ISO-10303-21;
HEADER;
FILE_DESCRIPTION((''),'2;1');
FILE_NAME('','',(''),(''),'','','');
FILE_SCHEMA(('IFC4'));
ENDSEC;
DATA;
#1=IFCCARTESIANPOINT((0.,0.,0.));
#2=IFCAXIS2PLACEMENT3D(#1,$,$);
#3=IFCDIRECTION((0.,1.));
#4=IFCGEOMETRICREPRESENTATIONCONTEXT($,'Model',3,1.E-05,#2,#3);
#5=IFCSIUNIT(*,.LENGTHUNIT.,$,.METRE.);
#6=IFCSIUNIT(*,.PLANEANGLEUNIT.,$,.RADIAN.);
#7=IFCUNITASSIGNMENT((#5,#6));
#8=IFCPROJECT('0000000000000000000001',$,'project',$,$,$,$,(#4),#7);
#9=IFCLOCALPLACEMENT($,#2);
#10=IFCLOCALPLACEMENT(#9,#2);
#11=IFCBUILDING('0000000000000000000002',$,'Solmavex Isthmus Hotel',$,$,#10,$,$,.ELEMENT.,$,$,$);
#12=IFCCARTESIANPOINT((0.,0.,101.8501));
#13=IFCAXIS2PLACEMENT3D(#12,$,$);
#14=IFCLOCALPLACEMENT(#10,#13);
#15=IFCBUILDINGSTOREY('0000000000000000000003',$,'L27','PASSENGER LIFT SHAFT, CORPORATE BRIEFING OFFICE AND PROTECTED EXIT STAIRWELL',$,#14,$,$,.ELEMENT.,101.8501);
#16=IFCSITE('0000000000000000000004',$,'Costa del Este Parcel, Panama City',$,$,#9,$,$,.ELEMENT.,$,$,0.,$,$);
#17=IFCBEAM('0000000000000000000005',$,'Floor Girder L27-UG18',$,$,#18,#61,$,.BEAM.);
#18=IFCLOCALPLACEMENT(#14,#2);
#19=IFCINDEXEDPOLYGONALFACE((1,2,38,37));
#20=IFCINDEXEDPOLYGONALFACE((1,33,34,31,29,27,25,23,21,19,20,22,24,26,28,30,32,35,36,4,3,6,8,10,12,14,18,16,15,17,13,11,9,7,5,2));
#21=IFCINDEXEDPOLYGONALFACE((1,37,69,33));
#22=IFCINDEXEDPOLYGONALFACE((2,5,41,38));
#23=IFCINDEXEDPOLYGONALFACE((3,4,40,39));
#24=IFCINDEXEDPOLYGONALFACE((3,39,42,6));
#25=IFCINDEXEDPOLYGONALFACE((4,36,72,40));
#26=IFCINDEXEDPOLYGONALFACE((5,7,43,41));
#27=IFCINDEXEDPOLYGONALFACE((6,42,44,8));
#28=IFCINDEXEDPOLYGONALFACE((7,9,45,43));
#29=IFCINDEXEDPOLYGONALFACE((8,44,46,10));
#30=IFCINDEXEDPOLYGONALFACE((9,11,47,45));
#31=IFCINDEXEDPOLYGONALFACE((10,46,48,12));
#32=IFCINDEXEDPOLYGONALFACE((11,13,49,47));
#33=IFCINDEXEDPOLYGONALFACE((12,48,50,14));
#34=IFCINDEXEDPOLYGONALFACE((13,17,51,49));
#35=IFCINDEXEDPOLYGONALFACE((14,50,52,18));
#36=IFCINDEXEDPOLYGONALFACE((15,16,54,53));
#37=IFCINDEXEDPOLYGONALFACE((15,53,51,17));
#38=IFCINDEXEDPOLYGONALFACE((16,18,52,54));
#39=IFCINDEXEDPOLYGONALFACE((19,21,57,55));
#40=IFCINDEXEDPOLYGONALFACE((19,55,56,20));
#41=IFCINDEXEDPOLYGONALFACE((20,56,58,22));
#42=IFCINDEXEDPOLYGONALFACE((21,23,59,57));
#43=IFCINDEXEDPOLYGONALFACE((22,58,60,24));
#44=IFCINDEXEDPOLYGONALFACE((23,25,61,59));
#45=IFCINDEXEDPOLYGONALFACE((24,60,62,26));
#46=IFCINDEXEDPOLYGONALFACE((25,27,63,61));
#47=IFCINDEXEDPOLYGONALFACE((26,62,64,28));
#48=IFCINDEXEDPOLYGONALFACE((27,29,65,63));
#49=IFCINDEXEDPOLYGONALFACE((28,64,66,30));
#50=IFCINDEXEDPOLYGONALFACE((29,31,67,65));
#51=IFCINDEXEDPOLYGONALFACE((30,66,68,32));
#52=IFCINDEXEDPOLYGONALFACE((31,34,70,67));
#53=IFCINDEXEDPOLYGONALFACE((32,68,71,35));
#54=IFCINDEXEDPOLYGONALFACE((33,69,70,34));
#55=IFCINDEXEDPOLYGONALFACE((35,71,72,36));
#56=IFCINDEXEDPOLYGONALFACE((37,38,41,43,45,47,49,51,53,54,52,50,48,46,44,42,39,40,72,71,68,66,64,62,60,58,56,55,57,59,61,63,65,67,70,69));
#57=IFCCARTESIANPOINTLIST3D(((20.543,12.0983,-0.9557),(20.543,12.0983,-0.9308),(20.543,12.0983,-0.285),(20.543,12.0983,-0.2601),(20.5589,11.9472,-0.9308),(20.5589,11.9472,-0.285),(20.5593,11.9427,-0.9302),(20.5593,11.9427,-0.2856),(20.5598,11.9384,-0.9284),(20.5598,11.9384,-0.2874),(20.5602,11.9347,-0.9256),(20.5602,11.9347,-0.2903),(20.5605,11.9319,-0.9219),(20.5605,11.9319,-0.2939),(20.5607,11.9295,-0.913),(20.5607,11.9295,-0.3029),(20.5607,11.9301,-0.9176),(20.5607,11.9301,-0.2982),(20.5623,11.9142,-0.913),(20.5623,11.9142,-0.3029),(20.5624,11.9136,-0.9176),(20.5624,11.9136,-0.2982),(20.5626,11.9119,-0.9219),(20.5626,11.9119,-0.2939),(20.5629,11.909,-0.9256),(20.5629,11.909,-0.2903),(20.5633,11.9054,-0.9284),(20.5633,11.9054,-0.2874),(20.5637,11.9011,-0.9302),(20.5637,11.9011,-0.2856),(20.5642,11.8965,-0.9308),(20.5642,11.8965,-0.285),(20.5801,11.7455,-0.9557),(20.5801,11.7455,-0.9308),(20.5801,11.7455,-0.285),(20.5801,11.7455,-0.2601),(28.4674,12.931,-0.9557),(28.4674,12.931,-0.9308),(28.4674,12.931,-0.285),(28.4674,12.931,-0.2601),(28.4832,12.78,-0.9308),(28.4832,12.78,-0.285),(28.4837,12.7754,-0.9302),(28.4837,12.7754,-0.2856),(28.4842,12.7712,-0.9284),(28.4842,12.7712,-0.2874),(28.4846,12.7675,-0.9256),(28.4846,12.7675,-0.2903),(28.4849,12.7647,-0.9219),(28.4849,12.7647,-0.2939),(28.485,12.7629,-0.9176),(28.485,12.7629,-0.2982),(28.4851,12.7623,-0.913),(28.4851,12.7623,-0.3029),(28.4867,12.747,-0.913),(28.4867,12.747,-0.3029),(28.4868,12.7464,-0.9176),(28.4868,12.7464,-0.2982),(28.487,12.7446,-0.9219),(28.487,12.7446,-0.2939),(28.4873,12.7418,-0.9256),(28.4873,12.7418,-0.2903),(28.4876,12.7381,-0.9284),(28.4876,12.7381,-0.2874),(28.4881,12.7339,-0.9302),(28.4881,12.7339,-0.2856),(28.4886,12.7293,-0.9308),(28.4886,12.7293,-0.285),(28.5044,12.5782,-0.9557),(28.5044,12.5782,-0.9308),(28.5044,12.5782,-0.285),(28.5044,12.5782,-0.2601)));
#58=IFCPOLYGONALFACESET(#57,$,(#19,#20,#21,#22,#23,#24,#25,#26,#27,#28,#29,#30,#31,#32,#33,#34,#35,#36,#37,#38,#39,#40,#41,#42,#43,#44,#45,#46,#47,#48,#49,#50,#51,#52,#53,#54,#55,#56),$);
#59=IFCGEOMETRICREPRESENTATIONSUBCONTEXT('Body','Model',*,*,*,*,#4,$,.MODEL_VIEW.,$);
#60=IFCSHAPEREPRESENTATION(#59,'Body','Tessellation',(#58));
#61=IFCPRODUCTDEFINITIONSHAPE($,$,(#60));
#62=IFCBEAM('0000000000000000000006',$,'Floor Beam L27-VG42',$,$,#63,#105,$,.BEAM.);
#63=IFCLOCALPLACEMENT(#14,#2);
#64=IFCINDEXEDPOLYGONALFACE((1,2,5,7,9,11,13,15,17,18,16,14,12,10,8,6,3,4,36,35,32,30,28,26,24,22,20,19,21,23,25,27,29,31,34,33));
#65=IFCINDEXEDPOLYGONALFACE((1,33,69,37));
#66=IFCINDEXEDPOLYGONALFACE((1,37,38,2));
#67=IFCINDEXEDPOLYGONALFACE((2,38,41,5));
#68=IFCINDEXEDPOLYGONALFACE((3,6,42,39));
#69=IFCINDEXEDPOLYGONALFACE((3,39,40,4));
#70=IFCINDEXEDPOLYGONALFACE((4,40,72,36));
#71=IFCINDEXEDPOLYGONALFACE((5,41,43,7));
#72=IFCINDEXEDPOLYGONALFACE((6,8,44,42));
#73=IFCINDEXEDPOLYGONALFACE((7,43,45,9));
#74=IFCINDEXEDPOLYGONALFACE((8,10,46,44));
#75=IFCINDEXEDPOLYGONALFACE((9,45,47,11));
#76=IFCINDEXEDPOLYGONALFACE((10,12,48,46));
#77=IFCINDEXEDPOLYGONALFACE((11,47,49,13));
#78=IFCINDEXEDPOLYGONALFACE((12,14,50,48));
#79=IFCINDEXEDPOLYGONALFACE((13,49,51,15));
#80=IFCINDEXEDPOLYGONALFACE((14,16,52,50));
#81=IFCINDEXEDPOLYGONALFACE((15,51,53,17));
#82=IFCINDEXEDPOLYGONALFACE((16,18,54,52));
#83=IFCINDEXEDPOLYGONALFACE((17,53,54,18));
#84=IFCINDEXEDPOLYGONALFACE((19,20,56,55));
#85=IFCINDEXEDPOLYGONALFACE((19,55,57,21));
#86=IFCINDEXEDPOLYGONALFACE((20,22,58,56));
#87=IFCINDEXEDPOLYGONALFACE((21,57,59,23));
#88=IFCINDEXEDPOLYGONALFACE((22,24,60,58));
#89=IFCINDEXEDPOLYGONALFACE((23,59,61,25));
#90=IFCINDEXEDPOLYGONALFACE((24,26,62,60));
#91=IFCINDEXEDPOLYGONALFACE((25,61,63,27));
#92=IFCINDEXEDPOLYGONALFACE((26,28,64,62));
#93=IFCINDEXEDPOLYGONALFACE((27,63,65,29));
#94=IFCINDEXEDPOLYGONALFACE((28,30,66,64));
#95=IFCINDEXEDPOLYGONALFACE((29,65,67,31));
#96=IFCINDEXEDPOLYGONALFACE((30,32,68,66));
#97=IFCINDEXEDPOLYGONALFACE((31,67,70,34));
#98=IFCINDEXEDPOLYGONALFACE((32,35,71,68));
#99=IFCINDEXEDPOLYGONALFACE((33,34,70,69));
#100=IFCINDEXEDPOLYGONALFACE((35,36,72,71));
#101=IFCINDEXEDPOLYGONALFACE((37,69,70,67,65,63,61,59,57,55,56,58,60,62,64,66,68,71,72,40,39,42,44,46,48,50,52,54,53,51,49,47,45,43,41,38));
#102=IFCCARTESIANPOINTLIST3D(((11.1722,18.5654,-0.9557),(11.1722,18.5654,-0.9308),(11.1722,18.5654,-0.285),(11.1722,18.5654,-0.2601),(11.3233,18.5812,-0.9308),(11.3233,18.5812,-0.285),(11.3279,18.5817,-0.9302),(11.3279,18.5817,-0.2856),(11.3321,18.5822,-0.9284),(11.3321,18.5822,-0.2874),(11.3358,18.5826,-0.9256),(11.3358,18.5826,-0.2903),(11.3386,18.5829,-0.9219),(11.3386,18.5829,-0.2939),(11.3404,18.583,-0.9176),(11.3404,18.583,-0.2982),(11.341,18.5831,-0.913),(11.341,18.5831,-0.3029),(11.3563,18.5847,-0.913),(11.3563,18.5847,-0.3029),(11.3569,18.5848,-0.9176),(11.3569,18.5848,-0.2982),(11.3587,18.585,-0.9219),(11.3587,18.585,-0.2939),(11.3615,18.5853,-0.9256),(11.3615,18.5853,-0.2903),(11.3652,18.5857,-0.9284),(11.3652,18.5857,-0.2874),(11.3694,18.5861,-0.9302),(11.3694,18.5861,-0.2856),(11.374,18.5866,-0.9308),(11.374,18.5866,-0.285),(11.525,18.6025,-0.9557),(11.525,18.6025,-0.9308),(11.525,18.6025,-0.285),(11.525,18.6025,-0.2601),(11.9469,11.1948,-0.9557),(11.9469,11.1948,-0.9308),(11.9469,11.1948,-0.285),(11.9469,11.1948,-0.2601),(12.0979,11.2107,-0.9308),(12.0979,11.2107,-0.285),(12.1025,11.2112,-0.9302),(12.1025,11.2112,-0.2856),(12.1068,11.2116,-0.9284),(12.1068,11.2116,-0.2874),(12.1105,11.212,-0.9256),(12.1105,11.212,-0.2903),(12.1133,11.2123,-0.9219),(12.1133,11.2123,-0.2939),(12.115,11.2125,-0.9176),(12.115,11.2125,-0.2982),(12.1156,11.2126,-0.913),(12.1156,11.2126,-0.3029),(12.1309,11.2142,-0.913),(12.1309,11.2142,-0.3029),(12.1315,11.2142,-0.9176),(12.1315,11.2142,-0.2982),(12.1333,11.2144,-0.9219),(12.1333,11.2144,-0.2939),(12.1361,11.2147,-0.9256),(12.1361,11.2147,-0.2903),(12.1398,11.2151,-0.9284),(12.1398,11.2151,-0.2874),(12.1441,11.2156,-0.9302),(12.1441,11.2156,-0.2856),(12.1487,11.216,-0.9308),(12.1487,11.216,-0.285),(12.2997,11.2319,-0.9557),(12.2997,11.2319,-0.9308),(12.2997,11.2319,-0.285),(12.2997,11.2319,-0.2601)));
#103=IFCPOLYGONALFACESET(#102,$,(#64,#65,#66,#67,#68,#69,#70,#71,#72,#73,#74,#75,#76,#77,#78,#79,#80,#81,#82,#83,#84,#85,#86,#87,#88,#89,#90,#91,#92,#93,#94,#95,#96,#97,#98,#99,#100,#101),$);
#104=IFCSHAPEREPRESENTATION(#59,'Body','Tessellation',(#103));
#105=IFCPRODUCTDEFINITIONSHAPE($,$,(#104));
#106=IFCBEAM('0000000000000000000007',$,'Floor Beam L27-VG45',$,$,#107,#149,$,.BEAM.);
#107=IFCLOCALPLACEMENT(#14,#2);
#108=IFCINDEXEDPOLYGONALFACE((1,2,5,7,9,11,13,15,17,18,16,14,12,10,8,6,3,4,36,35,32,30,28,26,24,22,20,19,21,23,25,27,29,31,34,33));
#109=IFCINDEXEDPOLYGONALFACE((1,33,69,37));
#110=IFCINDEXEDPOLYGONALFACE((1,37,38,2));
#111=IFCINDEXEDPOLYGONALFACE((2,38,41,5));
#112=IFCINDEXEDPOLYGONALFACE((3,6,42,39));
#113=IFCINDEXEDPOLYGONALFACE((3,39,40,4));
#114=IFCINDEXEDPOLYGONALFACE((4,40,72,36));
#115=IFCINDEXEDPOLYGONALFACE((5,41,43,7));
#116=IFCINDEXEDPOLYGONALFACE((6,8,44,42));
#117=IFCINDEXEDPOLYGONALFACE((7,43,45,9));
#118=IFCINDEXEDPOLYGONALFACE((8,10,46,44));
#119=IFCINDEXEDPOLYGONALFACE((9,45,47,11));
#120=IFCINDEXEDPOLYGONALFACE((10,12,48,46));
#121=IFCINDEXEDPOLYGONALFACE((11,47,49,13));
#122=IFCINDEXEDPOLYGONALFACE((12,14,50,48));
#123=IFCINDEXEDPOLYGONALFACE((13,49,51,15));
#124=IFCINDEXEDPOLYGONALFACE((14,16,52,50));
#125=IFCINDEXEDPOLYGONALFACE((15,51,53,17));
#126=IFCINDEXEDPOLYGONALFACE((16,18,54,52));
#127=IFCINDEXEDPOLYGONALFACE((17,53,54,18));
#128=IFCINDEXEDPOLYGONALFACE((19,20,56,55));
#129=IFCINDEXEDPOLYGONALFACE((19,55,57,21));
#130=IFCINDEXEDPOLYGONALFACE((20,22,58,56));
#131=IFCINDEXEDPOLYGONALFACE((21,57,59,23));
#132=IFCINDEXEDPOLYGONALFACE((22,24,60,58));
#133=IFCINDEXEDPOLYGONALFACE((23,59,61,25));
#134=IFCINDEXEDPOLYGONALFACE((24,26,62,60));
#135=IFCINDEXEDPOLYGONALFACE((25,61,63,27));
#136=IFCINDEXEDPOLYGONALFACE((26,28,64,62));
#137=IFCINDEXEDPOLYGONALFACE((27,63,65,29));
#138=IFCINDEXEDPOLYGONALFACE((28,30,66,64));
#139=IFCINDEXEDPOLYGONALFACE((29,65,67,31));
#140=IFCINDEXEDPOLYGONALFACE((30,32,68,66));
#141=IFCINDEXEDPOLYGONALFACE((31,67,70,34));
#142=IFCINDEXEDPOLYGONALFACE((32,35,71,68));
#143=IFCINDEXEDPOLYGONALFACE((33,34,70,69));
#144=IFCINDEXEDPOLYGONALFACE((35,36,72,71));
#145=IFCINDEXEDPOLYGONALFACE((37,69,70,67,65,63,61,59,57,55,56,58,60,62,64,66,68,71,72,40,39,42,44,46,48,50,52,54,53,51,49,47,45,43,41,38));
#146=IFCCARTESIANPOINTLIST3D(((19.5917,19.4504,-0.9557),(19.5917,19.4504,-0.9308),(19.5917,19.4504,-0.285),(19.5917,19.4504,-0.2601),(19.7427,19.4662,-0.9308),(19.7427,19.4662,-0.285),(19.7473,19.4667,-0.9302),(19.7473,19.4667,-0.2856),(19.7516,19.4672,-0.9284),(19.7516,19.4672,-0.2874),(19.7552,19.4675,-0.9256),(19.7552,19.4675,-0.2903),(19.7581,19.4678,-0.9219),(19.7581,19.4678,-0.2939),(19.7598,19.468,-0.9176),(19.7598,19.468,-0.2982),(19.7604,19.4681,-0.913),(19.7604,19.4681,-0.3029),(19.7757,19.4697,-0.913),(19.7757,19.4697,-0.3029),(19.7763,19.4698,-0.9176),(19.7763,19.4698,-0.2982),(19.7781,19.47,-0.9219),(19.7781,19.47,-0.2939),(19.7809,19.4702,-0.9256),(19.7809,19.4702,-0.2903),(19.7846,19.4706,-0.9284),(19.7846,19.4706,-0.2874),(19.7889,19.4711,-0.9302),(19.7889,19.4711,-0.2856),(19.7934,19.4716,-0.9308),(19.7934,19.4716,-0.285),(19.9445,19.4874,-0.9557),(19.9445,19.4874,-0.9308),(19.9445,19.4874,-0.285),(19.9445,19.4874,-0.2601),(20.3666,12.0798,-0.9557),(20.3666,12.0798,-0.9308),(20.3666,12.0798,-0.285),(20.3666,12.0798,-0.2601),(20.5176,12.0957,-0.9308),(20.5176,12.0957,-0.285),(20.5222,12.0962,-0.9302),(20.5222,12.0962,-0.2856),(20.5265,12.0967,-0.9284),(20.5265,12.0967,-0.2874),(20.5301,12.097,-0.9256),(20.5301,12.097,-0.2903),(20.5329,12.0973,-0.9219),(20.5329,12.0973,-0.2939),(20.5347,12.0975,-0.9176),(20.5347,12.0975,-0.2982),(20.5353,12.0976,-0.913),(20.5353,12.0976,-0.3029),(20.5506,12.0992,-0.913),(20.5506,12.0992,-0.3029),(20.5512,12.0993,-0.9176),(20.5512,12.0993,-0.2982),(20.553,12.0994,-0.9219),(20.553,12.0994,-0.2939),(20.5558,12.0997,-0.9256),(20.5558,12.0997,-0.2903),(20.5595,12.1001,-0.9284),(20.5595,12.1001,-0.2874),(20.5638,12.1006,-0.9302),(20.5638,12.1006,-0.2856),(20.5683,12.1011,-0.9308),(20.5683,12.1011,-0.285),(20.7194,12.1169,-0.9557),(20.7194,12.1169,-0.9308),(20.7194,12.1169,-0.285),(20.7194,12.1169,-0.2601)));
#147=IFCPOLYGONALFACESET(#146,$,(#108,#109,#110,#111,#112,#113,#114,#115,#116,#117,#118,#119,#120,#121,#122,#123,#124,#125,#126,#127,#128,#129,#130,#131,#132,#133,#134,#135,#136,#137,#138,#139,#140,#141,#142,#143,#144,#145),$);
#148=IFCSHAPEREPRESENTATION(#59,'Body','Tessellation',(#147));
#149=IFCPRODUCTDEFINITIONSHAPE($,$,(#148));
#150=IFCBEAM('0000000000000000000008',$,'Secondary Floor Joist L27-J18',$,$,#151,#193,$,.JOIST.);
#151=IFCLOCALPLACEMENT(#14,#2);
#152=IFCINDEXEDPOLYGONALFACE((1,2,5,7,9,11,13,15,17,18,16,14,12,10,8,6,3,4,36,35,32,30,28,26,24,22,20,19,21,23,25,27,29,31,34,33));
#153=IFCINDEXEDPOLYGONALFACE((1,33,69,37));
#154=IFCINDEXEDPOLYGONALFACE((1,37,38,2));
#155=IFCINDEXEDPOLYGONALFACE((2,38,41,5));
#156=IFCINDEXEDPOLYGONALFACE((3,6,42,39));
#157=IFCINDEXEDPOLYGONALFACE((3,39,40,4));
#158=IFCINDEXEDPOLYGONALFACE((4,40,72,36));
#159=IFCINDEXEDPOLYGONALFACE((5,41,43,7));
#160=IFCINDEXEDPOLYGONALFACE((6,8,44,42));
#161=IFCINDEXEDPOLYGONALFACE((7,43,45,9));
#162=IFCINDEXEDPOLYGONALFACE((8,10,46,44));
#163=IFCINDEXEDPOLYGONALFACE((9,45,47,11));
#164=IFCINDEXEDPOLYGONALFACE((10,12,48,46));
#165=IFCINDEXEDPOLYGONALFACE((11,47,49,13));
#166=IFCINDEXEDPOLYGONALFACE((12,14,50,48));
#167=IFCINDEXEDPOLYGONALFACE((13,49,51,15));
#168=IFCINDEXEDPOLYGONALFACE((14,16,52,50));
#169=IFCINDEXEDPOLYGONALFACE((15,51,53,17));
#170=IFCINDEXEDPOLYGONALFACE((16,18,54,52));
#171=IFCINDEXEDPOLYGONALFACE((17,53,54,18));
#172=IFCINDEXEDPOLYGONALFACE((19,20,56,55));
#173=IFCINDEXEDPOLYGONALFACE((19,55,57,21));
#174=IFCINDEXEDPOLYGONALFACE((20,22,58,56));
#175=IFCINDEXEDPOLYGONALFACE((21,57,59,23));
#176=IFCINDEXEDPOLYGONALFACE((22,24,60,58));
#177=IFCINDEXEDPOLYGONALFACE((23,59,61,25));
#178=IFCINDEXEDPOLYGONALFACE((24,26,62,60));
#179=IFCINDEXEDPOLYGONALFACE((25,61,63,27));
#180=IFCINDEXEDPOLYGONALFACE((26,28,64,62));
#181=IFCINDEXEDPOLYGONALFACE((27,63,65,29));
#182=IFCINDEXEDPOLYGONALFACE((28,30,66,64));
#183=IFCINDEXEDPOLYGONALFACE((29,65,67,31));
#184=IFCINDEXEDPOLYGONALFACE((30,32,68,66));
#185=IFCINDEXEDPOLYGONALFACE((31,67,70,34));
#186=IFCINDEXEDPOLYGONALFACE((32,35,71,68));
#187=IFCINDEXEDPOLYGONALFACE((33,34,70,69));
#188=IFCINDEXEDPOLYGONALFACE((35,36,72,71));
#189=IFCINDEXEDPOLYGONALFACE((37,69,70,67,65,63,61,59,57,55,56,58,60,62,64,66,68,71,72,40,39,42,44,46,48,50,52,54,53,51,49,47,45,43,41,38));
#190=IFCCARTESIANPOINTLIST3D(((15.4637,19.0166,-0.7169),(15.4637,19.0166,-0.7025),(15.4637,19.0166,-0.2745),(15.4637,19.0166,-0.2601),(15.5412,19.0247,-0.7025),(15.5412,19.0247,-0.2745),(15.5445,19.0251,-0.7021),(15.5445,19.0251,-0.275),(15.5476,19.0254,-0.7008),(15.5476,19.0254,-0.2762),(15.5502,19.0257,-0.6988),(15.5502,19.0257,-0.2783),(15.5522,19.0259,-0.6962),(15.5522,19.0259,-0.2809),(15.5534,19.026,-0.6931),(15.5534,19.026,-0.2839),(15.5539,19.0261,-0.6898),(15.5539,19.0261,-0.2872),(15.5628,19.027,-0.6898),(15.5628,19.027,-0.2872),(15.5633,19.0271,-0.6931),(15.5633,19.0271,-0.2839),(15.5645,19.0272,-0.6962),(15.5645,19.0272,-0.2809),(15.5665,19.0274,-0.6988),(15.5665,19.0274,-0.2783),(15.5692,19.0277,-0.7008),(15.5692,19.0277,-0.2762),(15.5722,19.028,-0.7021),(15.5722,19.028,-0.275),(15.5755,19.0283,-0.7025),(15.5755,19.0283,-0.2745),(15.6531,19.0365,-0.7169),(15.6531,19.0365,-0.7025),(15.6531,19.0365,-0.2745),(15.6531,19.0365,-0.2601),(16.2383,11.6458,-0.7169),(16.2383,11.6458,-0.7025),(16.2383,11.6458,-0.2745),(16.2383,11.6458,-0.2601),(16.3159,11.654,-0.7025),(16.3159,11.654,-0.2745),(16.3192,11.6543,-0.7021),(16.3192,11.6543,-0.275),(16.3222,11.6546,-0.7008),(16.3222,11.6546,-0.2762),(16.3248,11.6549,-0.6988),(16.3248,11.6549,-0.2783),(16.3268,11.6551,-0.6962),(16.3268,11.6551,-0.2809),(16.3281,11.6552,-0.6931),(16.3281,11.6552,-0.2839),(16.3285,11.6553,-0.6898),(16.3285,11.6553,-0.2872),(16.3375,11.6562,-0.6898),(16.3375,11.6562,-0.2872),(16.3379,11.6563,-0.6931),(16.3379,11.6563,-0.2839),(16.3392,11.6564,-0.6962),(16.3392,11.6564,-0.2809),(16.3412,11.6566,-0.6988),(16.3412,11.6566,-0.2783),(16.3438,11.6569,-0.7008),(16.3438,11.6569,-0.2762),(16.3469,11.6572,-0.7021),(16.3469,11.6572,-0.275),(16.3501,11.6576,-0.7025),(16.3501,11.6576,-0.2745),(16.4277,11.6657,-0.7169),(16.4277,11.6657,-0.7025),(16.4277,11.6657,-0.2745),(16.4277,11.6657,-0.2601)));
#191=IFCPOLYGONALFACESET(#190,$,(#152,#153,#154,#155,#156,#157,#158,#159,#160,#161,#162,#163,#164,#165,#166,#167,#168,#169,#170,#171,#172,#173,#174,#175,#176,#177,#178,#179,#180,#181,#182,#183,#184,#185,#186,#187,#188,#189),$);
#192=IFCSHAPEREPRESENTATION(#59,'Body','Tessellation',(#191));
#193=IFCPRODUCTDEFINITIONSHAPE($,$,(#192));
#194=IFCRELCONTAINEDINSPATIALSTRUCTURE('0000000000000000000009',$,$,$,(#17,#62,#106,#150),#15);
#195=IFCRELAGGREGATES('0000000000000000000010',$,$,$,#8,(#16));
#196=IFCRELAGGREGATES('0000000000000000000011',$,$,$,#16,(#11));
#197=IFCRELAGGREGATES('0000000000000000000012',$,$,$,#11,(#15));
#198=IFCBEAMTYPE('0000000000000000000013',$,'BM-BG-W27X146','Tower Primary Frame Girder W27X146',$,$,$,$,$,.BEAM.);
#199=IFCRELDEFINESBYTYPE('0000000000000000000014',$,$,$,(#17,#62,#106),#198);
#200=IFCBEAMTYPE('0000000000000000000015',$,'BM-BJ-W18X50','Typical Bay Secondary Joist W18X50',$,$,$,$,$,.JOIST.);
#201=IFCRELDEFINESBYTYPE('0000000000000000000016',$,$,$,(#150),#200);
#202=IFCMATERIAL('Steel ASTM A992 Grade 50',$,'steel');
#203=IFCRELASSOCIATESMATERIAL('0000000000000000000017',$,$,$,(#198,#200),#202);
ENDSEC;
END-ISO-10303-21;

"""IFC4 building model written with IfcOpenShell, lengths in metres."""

from ifc_helpers import new_model, si_unit, direction, frame, origin, origin_2d, place, context, subcontext, project, spatial, i_section, extrude, material, material_profile, profile_set, type_object, element, save


model = new_model("IFC4")

# Units and contexts
model_context = context("Model", 3, precision=1e-05, world=origin(), true_north=direction((0.0, 1.0)))
body_context = subcontext(model_context, "Body", "Model", "MODEL_VIEW")
ifc_project = project(units=[si_unit("LENGTHUNIT", "METRE"), si_unit("PLANEANGLEUNIT", "RADIAN")], contexts=[model_context])

# Site, building, storey
site_placement = place(None, origin())
site = spatial("IfcSite", under=ifc_project, at=site_placement, Name="Costa del Este Parcel, Panama City", CompositionType="ELEMENT", RefElevation=0.0)
building_placement = place(site_placement, origin())
building = spatial("IfcBuilding", under=site, at=building_placement, Name="Solmavex Isthmus Hotel", CompositionType="ELEMENT")
storey_placement = place(building_placement, frame((0.0, 0.0, 101.8501)))
storey = spatial("IfcBuildingStorey", under=building, at=storey_placement, Name="L27", Description="PASSENGER LIFT SHAFT, CORPORATE BRIEFING OFFICE AND PROTECTED EXIT STAIRWELL", CompositionType="ELEMENT", Elevation=101.8501)

# Beams
ifc_material_1 = material(Name="Steel ASTM A992 Grade 50", Category="steel")
ifc_material_profile_1 = material_profile(ifc_material_1, i_section(OverallWidth=0.3547, OverallDepth=0.6956, WebThickness=0.0154, FlangeThickness=0.0249, FilletRadius=0.0178, at=origin_2d()), Name="W27X146")
ifc_profile_set_1 = profile_set([ifc_material_profile_1], Name="Steel ASTM A992 Grade 50")
beam_type_1 = type_object("IfcBeamType", Name="BM-BG-W27X146", Description="Tower Primary Frame Girder W27X146", PredefinedType="BEAM", material=ifc_profile_set_1)
beam_1_placement = place(storey_placement, frame((20.5615, 11.9219, -0.6079), z_axis=(0.994523, 0.104514, 0.0), x_axis=(-0.104514, 0.994523, 0.0)))
element("IfcBeam", 1, at=beam_1_placement, inside=storey, type_object=beam_type_1, Name="Floor Girder L27-UG18", PredefinedType="BEAM", context=body_context, shape_type="SweptSolid", body=[
    extrude(i_section(OverallWidth=0.3547, OverallDepth=0.6956, WebThickness=0.0154, FlangeThickness=0.0249, FilletRadius=0.0178, at=origin_2d()), origin(), (0.0, 0.0, 1.0), 7.968),
])
for number, where, z_axis, x_axis, name in (
    (2, (12.1233, 11.2134, -0.6079), (-0.104525, 0.994522, 0.0), (-0.994522, -0.104525, 0.0), "Floor Beam L27-VG42"),
    (3, (20.543, 12.0984, -0.6079), (-0.104558, 0.994519, 0.0), (-0.994519, -0.104558, 0.0), "Floor Beam L27-VG45"),
):
    element("IfcBeam", number, at=place(storey_placement, frame(where, z_axis=z_axis, x_axis=x_axis)), inside=storey, type_object=beam_type_1, Name=name, PredefinedType="BEAM", context=body_context, shape_type="SweptSolid", body=[
        extrude(i_section(OverallWidth=0.3547, OverallDepth=0.6956, WebThickness=0.0154, FlangeThickness=0.0249, FilletRadius=0.0178, at=origin_2d()), origin(), (0.0, 0.0, 1.0), 7.4111),
    ])
ifc_material_profile_2 = material_profile(ifc_material_1, i_section(OverallWidth=0.1904, OverallDepth=0.4568, WebThickness=0.009, FlangeThickness=0.0144, FilletRadius=0.0127, at=origin_2d()), Name="W18X50")
ifc_profile_set_2 = profile_set([ifc_material_profile_2], Name="Steel ASTM A992 Grade 50")
beam_type_2 = type_object("IfcBeamType", Name="BM-BJ-W18X50", Description="Typical Bay Secondary Joist W18X50", PredefinedType="JOIST", material=ifc_profile_set_2)
beam_2_placement = place(storey_placement, frame((16.333, 11.6558, -0.4885), z_axis=(-0.104522, 0.994523, 0.0), x_axis=(-0.994523, -0.104522, 0.0)))
element("IfcBeam", 4, at=beam_2_placement, inside=storey, type_object=beam_type_2, Name="Secondary Floor Joist L27-J18", PredefinedType="JOIST", context=body_context, shape_type="SweptSolid", body=[
    extrude(i_section(OverallWidth=0.1904, OverallDepth=0.4568, WebThickness=0.009, FlangeThickness=0.0144, FilletRadius=0.0127, at=origin_2d()), origin(), (0.0, 0.0, 1.0), 7.4114),
])

save(model, "model.ifc")
